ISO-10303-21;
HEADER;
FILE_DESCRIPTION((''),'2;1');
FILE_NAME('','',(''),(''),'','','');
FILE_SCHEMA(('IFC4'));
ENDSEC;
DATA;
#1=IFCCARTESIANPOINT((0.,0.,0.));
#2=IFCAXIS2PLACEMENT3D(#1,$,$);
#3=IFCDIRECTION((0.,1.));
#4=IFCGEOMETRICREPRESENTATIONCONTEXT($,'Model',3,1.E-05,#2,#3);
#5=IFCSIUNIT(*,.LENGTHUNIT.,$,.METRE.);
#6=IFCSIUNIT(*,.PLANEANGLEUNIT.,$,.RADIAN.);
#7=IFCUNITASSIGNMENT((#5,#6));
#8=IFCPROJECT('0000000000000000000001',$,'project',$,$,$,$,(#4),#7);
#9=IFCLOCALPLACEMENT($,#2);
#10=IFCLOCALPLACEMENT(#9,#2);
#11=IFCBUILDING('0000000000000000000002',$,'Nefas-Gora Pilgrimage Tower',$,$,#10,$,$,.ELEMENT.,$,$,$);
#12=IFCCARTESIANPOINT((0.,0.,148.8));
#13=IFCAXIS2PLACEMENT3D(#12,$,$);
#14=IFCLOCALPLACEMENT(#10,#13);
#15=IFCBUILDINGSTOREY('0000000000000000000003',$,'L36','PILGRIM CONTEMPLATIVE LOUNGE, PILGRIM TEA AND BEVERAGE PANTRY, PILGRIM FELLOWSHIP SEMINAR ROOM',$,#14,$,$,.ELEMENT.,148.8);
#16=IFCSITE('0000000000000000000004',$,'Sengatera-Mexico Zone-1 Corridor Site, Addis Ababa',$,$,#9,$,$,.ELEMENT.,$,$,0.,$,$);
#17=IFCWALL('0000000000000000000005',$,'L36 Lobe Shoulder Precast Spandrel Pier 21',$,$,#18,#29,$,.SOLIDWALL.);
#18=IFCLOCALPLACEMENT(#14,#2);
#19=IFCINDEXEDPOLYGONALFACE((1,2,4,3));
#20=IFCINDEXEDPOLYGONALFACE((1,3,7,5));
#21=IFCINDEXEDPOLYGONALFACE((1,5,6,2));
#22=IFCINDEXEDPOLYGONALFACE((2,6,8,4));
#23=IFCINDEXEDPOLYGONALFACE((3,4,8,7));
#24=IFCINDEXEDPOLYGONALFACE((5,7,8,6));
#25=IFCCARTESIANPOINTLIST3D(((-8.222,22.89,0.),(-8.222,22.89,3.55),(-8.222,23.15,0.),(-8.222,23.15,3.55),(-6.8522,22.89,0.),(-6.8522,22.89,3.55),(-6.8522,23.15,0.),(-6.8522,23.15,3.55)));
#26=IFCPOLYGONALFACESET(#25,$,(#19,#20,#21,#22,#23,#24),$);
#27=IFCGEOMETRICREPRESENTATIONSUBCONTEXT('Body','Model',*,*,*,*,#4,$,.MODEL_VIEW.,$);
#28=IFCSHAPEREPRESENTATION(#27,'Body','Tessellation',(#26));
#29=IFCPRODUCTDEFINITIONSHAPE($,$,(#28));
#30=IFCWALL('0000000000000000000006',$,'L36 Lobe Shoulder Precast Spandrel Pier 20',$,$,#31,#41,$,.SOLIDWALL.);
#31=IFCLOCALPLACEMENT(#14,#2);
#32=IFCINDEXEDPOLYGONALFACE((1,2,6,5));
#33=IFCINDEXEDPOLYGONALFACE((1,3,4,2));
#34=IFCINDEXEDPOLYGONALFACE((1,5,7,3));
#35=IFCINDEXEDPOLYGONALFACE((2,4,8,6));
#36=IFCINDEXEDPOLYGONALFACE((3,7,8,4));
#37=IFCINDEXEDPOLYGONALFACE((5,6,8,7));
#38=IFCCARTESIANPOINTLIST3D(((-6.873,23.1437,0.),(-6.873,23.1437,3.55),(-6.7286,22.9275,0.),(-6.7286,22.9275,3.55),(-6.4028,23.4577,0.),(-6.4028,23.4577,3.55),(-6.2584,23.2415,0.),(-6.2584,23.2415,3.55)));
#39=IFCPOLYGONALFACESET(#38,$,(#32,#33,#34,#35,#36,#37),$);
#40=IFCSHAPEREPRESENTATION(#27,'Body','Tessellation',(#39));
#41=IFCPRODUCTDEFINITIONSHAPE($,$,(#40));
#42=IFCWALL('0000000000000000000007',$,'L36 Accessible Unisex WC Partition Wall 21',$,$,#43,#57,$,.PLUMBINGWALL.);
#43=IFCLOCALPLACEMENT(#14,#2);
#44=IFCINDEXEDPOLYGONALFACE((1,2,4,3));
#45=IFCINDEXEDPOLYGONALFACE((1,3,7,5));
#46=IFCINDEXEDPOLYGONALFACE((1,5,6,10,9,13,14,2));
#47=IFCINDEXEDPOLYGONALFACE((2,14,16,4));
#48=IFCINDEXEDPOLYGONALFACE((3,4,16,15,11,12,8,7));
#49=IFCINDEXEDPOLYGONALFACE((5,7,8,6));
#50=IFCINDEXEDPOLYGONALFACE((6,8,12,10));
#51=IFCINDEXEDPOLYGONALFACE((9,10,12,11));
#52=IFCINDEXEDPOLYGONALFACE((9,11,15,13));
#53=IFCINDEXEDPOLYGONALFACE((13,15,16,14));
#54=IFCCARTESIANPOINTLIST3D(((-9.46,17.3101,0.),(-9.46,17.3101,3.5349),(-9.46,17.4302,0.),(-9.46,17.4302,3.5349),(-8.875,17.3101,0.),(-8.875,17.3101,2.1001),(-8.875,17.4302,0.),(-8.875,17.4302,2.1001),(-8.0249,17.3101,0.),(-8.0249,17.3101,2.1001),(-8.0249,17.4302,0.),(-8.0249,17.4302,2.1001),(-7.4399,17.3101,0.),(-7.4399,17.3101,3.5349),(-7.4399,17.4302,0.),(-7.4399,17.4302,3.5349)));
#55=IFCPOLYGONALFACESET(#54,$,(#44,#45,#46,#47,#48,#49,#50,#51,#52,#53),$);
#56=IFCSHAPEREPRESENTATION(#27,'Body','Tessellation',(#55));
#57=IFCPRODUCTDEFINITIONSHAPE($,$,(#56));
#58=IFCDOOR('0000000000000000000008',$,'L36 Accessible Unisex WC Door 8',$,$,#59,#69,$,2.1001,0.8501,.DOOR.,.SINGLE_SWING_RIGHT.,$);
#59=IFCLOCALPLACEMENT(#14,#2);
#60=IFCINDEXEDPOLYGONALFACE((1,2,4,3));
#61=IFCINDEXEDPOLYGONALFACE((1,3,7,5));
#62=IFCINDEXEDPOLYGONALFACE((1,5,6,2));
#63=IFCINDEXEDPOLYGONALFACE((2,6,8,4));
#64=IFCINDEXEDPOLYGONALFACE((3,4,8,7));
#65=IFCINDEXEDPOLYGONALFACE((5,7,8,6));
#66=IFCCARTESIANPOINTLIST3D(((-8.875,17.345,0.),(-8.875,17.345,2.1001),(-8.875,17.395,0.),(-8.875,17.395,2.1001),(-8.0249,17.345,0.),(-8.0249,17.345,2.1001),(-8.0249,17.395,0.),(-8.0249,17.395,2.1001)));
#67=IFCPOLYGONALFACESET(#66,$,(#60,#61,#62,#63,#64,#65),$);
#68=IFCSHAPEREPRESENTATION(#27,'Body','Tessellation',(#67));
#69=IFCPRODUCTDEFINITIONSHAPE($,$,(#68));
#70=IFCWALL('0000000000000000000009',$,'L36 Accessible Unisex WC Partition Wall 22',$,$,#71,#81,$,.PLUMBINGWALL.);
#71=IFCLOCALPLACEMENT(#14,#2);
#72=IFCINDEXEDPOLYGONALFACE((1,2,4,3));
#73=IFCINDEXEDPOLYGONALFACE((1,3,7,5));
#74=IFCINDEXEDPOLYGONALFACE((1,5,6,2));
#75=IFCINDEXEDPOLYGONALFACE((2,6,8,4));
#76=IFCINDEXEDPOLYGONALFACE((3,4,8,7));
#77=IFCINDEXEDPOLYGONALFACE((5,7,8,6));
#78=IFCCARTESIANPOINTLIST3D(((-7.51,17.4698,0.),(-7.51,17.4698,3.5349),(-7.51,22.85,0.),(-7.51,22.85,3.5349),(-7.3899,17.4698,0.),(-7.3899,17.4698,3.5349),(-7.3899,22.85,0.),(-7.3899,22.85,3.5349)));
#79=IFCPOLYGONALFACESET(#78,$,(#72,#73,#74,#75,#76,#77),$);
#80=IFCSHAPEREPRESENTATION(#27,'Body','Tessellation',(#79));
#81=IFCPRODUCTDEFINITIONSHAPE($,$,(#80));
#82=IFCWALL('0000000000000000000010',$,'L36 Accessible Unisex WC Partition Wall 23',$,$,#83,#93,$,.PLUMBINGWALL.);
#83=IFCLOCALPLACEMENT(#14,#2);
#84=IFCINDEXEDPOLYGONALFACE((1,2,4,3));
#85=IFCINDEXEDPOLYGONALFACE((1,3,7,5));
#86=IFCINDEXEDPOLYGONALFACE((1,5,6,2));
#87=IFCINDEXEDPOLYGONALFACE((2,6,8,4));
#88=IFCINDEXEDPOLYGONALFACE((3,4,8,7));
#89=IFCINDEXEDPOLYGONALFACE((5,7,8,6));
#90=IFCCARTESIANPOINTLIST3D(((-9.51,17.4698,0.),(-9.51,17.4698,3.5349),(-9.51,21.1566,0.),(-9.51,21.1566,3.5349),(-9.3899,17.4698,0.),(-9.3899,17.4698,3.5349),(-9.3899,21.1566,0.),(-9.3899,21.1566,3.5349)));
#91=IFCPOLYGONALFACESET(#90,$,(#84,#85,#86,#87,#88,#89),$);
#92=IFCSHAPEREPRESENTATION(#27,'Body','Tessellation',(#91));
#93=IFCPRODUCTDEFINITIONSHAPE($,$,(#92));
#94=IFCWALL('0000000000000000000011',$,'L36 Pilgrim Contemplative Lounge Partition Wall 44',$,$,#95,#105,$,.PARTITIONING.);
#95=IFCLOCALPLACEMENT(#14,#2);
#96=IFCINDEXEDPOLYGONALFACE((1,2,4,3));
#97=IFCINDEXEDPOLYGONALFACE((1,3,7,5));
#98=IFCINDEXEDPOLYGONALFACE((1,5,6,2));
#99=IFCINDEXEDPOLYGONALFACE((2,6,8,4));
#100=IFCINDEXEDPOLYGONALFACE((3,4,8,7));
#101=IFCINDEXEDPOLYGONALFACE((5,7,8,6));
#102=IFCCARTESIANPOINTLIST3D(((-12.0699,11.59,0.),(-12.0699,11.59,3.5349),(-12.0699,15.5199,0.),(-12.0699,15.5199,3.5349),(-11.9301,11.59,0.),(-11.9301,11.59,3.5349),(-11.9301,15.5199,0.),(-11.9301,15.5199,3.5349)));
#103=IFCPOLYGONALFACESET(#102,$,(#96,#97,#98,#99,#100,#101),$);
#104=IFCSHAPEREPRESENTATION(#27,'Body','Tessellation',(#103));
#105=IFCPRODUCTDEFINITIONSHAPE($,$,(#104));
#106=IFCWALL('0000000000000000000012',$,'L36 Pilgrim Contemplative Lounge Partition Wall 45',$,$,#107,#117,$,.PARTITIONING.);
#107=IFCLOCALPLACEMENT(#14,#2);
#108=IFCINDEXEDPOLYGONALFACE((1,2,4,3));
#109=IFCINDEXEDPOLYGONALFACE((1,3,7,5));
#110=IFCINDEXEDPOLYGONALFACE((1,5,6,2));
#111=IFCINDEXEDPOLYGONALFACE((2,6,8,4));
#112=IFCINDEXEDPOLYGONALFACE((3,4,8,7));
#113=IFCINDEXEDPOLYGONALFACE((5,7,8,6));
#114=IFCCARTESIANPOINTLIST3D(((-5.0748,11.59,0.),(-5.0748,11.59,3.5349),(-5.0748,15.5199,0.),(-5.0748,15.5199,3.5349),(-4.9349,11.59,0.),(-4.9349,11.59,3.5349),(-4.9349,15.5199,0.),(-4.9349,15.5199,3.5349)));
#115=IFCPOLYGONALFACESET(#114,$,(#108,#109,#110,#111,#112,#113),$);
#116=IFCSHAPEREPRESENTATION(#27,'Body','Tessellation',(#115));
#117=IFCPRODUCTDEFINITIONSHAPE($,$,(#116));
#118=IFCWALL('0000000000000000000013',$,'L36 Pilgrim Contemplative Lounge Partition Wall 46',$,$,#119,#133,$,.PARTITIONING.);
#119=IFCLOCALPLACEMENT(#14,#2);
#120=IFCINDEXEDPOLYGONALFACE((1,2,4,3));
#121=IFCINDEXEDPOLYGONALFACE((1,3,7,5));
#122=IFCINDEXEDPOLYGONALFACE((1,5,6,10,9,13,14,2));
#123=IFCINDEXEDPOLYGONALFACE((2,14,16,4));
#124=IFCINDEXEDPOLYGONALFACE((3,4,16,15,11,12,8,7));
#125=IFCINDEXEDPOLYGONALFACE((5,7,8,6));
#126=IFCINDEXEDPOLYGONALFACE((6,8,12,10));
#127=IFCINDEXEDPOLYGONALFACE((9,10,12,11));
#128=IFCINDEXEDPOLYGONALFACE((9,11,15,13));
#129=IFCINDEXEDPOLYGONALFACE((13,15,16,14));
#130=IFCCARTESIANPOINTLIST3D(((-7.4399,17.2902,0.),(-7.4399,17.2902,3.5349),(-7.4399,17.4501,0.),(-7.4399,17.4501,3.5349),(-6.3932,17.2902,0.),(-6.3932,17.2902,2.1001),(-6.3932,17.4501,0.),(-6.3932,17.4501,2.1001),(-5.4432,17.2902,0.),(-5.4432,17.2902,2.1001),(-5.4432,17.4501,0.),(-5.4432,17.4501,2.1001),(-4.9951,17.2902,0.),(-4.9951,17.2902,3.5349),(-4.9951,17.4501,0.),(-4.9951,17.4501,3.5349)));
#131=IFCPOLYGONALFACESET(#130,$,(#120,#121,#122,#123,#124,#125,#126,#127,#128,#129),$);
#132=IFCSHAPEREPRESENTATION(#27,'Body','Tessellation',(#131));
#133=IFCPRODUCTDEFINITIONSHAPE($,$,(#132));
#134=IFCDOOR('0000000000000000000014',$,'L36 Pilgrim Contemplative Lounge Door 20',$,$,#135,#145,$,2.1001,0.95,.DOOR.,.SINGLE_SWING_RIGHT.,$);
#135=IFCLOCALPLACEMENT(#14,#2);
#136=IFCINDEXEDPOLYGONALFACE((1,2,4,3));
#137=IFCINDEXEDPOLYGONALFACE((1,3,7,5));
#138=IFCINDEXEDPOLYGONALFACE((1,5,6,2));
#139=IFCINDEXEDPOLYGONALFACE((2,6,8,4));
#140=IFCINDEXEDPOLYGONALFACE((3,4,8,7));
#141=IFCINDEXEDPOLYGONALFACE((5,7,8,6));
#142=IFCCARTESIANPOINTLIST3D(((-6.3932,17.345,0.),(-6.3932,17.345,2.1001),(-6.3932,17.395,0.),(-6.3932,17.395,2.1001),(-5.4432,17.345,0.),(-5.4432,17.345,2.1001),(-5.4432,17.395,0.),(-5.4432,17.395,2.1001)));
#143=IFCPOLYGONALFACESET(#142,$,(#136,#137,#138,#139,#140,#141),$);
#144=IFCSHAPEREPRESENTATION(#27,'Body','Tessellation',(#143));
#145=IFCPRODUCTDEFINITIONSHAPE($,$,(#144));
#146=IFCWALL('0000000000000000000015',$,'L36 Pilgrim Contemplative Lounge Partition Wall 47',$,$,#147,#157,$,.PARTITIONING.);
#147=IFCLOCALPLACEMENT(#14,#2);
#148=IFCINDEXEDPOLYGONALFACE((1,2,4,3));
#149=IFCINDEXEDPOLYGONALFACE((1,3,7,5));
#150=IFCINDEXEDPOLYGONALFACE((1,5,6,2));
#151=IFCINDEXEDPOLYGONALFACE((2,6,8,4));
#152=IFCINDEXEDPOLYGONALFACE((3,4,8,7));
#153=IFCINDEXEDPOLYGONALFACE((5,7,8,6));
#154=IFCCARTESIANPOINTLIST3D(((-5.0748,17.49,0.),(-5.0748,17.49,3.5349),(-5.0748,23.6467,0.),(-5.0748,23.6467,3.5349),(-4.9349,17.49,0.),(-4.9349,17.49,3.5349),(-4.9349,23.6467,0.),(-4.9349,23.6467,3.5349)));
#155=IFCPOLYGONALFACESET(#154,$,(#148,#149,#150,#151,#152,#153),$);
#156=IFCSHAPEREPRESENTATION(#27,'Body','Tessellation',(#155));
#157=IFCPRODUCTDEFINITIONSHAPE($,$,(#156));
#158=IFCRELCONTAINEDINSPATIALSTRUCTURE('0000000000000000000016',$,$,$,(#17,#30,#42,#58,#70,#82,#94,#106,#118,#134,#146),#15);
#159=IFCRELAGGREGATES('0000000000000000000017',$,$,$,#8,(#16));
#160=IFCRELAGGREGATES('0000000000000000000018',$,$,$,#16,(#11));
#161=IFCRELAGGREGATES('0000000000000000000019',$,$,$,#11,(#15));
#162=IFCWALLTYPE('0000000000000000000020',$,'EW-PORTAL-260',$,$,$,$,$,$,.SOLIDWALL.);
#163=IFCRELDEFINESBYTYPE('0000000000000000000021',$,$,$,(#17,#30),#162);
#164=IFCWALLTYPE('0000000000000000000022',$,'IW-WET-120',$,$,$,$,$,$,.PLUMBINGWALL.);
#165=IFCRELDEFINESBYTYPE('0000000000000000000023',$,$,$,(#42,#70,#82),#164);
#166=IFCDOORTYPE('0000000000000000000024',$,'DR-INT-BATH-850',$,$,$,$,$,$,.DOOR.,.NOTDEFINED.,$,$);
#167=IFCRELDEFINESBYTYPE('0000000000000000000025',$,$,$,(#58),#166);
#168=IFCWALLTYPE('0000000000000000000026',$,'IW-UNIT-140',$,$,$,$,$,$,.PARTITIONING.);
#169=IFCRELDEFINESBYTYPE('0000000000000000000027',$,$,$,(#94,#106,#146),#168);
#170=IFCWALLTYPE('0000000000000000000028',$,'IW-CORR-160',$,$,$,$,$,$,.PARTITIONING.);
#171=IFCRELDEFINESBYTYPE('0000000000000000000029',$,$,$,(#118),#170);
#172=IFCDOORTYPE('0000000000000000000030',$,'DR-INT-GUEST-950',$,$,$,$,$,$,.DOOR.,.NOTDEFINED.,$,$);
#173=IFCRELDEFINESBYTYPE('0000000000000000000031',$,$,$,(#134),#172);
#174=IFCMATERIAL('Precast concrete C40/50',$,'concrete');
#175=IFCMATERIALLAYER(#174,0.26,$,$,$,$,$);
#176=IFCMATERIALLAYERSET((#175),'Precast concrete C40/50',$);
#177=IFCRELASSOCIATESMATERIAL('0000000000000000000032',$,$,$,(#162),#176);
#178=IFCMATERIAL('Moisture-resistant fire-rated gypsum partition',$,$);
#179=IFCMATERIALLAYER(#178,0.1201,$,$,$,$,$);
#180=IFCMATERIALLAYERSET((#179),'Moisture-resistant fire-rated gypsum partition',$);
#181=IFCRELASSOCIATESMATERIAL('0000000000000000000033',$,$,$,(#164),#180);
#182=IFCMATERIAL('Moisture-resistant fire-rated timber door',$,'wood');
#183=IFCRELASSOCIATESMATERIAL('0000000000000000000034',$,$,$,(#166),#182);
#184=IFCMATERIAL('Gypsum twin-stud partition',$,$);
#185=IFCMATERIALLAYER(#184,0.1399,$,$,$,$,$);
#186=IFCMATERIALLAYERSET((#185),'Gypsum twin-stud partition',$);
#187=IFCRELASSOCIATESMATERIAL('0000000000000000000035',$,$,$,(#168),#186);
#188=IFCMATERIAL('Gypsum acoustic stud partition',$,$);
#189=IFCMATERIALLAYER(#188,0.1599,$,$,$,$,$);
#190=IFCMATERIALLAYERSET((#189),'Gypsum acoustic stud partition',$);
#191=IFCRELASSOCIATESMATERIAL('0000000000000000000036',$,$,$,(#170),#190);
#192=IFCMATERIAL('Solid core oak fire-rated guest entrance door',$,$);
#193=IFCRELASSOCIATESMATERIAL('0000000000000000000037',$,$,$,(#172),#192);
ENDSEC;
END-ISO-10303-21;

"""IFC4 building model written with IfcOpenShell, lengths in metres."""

from ifc_helpers import new_model, si_unit, direction, frame, frame_2d, origin, place, context, subcontext, project, spatial, rectangle, extrude, source, transform, mapped, material, layer, layer_set, type_object, element, fill, save


model = new_model("IFC4")

# Units and contexts
model_context = context("Model", 3, precision=1e-05, world=origin(), true_north=direction((0.0, 1.0)))
body_context = subcontext(model_context, "Body", "Model", "MODEL_VIEW")
ifc_project = project(units=[si_unit("LENGTHUNIT", "METRE"), si_unit("PLANEANGLEUNIT", "RADIAN")], contexts=[model_context])

# Site, building, storey
site_placement = place(None, origin())
site = spatial("IfcSite", under=ifc_project, at=site_placement, Name="Sengatera-Mexico Zone-1 Corridor Site, Addis Ababa", CompositionType="ELEMENT", RefElevation=0.0)
building_placement = place(site_placement, origin())
building = spatial("IfcBuilding", under=site, at=building_placement, Name="Nefas-Gora Pilgrimage Tower", CompositionType="ELEMENT")
storey_placement = place(building_placement, frame((0.0, 0.0, 148.8)))
storey = spatial("IfcBuildingStorey", under=building, at=storey_placement, Name="L36", Description="PILGRIM CONTEMPLATIVE LOUNGE, PILGRIM TEA AND BEVERAGE PANTRY, PILGRIM FELLOWSHIP SEMINAR ROOM", CompositionType="ELEMENT", Elevation=148.8)

# Walls
ifc_material_1 = material(Name="Precast concrete C40/50", Category="concrete")
ifc_layer_1 = layer(ifc_material_1, 0.26)
ifc_layer_set_1 = layer_set([ifc_layer_1], Name="Precast concrete C40/50")
wall_type_1 = type_object("IfcWallType", Name="EW-PORTAL-260", PredefinedType="SOLIDWALL", material=ifc_layer_set_1)
shared_shape_1 = source(origin(), body_context, "Body", "SweptSolid", [
    extrude(rectangle(XDim=1.3699, YDim=0.26, at=frame_2d((0.6851, 0.0))), origin(), (0.0, 0.0, 1.0), 3.55),
])
wall_1_placement = place(storey_placement, frame((-6.8521, 23.02, 0.0), z_axis=(0.0, 0.0, 1.0), x_axis=(-1.0, 0.0, 0.0)))
element("IfcWall", 1, at=wall_1_placement, inside=storey, type_object=wall_type_1, Name="L36 Lobe Shoulder Precast Spandrel Pier 21", PredefinedType="SOLIDWALL", context=body_context, shape_type="MappedRepresentation", body=[
    mapped(shared_shape_1, transform((0.0, 0.0, 0.0), x_axis=(1.0, 0.0, 0.0), y_axis=(0.0, 1.0, 0.0), z_axis=(0.0, 0.0, 1.0), scale=1.0)),
])
shared_shape_2 = source(origin(), body_context, "Body", "SweptSolid", [
    extrude(rectangle(XDim=0.5654, YDim=0.26, at=frame_2d((0.2827, 0.0))), origin(), (0.0, 0.0, 1.0), 3.55),
])
wall_2_placement = place(storey_placement, frame((-6.3306, 23.3496, 0.0), z_axis=(0.0, 0.0, 1.0), x_axis=(-0.831651, -0.555298, 0.0)))
element("IfcWall", 2, at=wall_2_placement, inside=storey, type_object=wall_type_1, Name="L36 Lobe Shoulder Precast Spandrel Pier 20", PredefinedType="SOLIDWALL", context=body_context, shape_type="MappedRepresentation", body=[
    mapped(shared_shape_2, transform((0.0, 0.0, 0.0), x_axis=(1.0, 0.0, 0.0), y_axis=(0.0, 1.0, 0.0), z_axis=(0.0, 0.0, 1.0), scale=1.0)),
])

# Wall, opening, door
ifc_material_2 = material(Name="Moisture-resistant fire-rated gypsum partition")
ifc_layer_2 = layer(ifc_material_2, 0.1201)
ifc_layer_set_2 = layer_set([ifc_layer_2], Name="Moisture-resistant fire-rated gypsum partition")
wall_type_2 = type_object("IfcWallType", Name="IW-WET-120", PredefinedType="PLUMBINGWALL", material=ifc_layer_set_2)
shared_shape_3 = source(origin(), body_context, "Body", "SweptSolid", [
    extrude(rectangle(XDim=2.02, YDim=0.1201, at=frame_2d((1.01, 0.0))), origin(), (0.0, 0.0, 1.0), 3.5349),
])
wall_3_placement = place(storey_placement, frame((-9.46, 17.3701, 0.0), z_axis=(0.0, 0.0, 1.0), x_axis=(1.0, 0.0, 0.0)))
wall_3 = element("IfcWall", 3, at=wall_3_placement, inside=storey, type_object=wall_type_2, Name="L36 Accessible Unisex WC Partition Wall 21", PredefinedType="PLUMBINGWALL", context=body_context, shape_type="MappedRepresentation", body=[
    mapped(shared_shape_3, transform((0.0, 0.0, 0.0), x_axis=(1.0, 0.0, 0.0), y_axis=(0.0, 1.0, 0.0), z_axis=(0.0, 0.0, 1.0), scale=1.0)),
])
opening_1_placement = place(wall_3_placement, frame((0.585, 0.0, 0.0)))
opening_1 = element("IfcOpeningElement", 4, at=opening_1_placement, cuts=wall_3, PredefinedType="OPENING", context=body_context, shape_type="SweptSolid", body=[
    extrude(rectangle(XDim=0.8501, YDim=2.1001, at=frame_2d((0.425, 1.05))), frame((0.0, 0.0701, 0.0), z_axis=(0.0, -1.0, 0.0), x_axis=(1.0, 0.0, 0.0)), (0.0, 0.0, 1.0), 0.1401),
])
ifc_material_3 = material(Name="Moisture-resistant fire-rated timber door", Category="wood")
door_type_1 = type_object("IfcDoorType", Name="DR-INT-BATH-850", OperationType="NOTDEFINED", PredefinedType="DOOR", material=ifc_material_3)
shared_shape_4 = source(origin(), body_context, "Body", "SweptSolid", [
    extrude(rectangle(XDim=0.8501, YDim=2.1001, at=frame_2d((0.425, 1.05))), frame((0.0, 0.0249, 0.0), z_axis=(0.0, -1.0, 0.0), x_axis=(1.0, 0.0, 0.0)), (0.0, 0.0, 1.0), 0.05),
])
door_1_placement = place(opening_1_placement, origin())
door_1 = element("IfcDoor", 5, at=door_1_placement, inside=storey, type_object=door_type_1, Name="L36 Accessible Unisex WC Door 8", OperationType="SINGLE_SWING_RIGHT", OverallHeight=2.1001, OverallWidth=0.8501, PredefinedType="DOOR", context=body_context, shape_type="MappedRepresentation", body=[
    mapped(shared_shape_4, transform((0.0, 0.0, 0.0), x_axis=(1.0, 0.0, 0.0), y_axis=(0.0, 1.0, 0.0), z_axis=(0.0, 0.0, 1.0), scale=1.0)),
])
fill(opening_1, door_1)

# Walls
shared_shape_5 = source(origin(), body_context, "Body", "SweptSolid", [
    extrude(rectangle(XDim=5.3801, YDim=0.1201, at=frame_2d((2.6899, 0.0))), origin(), (0.0, 0.0, 1.0), 3.5349),
])
wall_4_placement = place(storey_placement, frame((-7.45, 17.47, 0.0), z_axis=(0.0, 0.0, 1.0), x_axis=(0.0, 1.0, 0.0)))
element("IfcWall", 6, at=wall_4_placement, inside=storey, type_object=wall_type_2, Name="L36 Accessible Unisex WC Partition Wall 22", PredefinedType="PLUMBINGWALL", context=body_context, shape_type="MappedRepresentation", body=[
    mapped(shared_shape_5, transform((0.0, 0.0, 0.0), x_axis=(1.0, 0.0, 0.0), y_axis=(0.0, 1.0, 0.0), z_axis=(0.0, 0.0, 1.0), scale=1.0)),
])
shared_shape_6 = source(origin(), body_context, "Body", "SweptSolid", [
    extrude(rectangle(XDim=3.6868, YDim=0.1201, at=frame_2d((1.8433, 0.0))), origin(), (0.0, 0.0, 1.0), 3.5349),
])
wall_5_placement = place(storey_placement, frame((-9.45, 17.47, 0.0), z_axis=(0.0, 0.0, 1.0), x_axis=(0.0, 1.0, 0.0)))
element("IfcWall", 7, at=wall_5_placement, inside=storey, type_object=wall_type_2, Name="L36 Accessible Unisex WC Partition Wall 23", PredefinedType="PLUMBINGWALL", context=body_context, shape_type="MappedRepresentation", body=[
    mapped(shared_shape_6, transform((0.0, 0.0, 0.0), x_axis=(1.0, 0.0, 0.0), y_axis=(0.0, 1.0, 0.0), z_axis=(0.0, 0.0, 1.0), scale=1.0)),
])
ifc_material_4 = material(Name="Gypsum twin-stud partition")
ifc_layer_3 = layer(ifc_material_4, 0.1399)
ifc_layer_set_3 = layer_set([ifc_layer_3], Name="Gypsum twin-stud partition")
wall_type_3 = type_object("IfcWallType", Name="IW-UNIT-140", PredefinedType="PARTITIONING", material=ifc_layer_set_3)
shared_shape_7 = source(origin(), body_context, "Body", "SweptSolid", [
    extrude(rectangle(XDim=3.9299, YDim=0.1399, at=frame_2d((1.9648, 0.0))), origin(), (0.0, 0.0, 1.0), 3.5349),
])
for number, where, z_axis, x_axis, name in (
    (8, (-12.0, 11.5901, 0.0), (0.0, 0.0, 1.0), (0.0, 1.0, 0.0), "L36 Pilgrim Contemplative Lounge Partition Wall 44"),
    (9, (-5.0049, 11.5901, 0.0), (0.0, 0.0, 1.0), (0.0, 1.0, 0.0), "L36 Pilgrim Contemplative Lounge Partition Wall 45"),
):
    element("IfcWall", number, at=place(storey_placement, frame(where, z_axis=z_axis, x_axis=x_axis)), inside=storey, type_object=wall_type_3, Name=name, PredefinedType="PARTITIONING", context=body_context, shape_type="MappedRepresentation", body=[
        mapped(shared_shape_7, transform((0.0, 0.0, 0.0), x_axis=(1.0, 0.0, 0.0), y_axis=(0.0, 1.0, 0.0), z_axis=(0.0, 0.0, 1.0), scale=1.0)),
    ])

# Wall, opening, door
ifc_material_5 = material(Name="Gypsum acoustic stud partition")
ifc_layer_4 = layer(ifc_material_5, 0.1599)
ifc_layer_set_4 = layer_set([ifc_layer_4], Name="Gypsum acoustic stud partition")
wall_type_4 = type_object("IfcWallType", Name="IW-CORR-160", PredefinedType="PARTITIONING", material=ifc_layer_set_4)
shared_shape_8 = source(origin(), body_context, "Body", "SweptSolid", [
    extrude(rectangle(XDim=2.4448, YDim=0.1599, at=frame_2d((1.2224, 0.0))), origin(), (0.0, 0.0, 1.0), 3.5349),
])
wall_6_placement = place(storey_placement, frame((-7.4399, 17.3701, 0.0), z_axis=(0.0, 0.0, 1.0), x_axis=(1.0, 0.0, 0.0)))
wall_6 = element("IfcWall", 10, at=wall_6_placement, inside=storey, type_object=wall_type_4, Name="L36 Pilgrim Contemplative Lounge Partition Wall 46", PredefinedType="PARTITIONING", context=body_context, shape_type="MappedRepresentation", body=[
    mapped(shared_shape_8, transform((0.0, 0.0, 0.0), x_axis=(1.0, 0.0, 0.0), y_axis=(0.0, 1.0, 0.0), z_axis=(0.0, 0.0, 1.0), scale=1.0)),
])
opening_2_placement = place(wall_6_placement, frame((1.0466, 0.0, 0.0)))
opening_2 = element("IfcOpeningElement", 11, at=opening_2_placement, cuts=wall_6, PredefinedType="OPENING", context=body_context, shape_type="SweptSolid", body=[
    extrude(rectangle(XDim=0.95, YDim=2.1001, at=frame_2d((0.4751, 1.05))), frame((0.0, 0.0898, 0.0), z_axis=(0.0, -1.0, 0.0), x_axis=(1.0, 0.0, 0.0)), (0.0, 0.0, 1.0), 0.1799),
])
ifc_material_6 = material(Name="Solid core oak fire-rated guest entrance door")
door_type_2 = type_object("IfcDoorType", Name="DR-INT-GUEST-950", OperationType="NOTDEFINED", PredefinedType="DOOR", material=ifc_material_6)
shared_shape_9 = source(origin(), body_context, "Body", "SweptSolid", [
    extrude(rectangle(XDim=0.95, YDim=2.1001, at=frame_2d((0.4751, 1.05))), frame((0.0, 0.0249, 0.0), z_axis=(0.0, -1.0, 0.0), x_axis=(1.0, 0.0, 0.0)), (0.0, 0.0, 1.0), 0.05),
])
door_2_placement = place(opening_2_placement, origin())
door_2 = element("IfcDoor", 12, at=door_2_placement, inside=storey, type_object=door_type_2, Name="L36 Pilgrim Contemplative Lounge Door 20", OperationType="SINGLE_SWING_RIGHT", OverallHeight=2.1001, OverallWidth=0.95, PredefinedType="DOOR", context=body_context, shape_type="MappedRepresentation", body=[
    mapped(shared_shape_9, transform((0.0, 0.0, 0.0), x_axis=(1.0, 0.0, 0.0), y_axis=(0.0, 1.0, 0.0), z_axis=(0.0, 0.0, 1.0), scale=1.0)),
])
fill(opening_2, door_2)

# Wall
shared_shape_10 = source(origin(), body_context, "Body", "SweptSolid", [
    extrude(rectangle(XDim=6.1567, YDim=0.1399, at=frame_2d((3.0784, 0.0))), origin(), (0.0, 0.0, 1.0), 3.5349),
])
wall_7_placement = place(storey_placement, frame((-5.0049, 17.49, 0.0), z_axis=(0.0, 0.0, 1.0), x_axis=(0.0, 1.0, 0.0)))
element("IfcWall", 13, at=wall_7_placement, inside=storey, type_object=wall_type_3, Name="L36 Pilgrim Contemplative Lounge Partition Wall 47", PredefinedType="PARTITIONING", context=body_context, shape_type="MappedRepresentation", body=[
    mapped(shared_shape_10, transform((0.0, 0.0, 0.0), x_axis=(1.0, 0.0, 0.0), y_axis=(0.0, 1.0, 0.0), z_axis=(0.0, 0.0, 1.0), scale=1.0)),
])

save(model, "model.ifc")
